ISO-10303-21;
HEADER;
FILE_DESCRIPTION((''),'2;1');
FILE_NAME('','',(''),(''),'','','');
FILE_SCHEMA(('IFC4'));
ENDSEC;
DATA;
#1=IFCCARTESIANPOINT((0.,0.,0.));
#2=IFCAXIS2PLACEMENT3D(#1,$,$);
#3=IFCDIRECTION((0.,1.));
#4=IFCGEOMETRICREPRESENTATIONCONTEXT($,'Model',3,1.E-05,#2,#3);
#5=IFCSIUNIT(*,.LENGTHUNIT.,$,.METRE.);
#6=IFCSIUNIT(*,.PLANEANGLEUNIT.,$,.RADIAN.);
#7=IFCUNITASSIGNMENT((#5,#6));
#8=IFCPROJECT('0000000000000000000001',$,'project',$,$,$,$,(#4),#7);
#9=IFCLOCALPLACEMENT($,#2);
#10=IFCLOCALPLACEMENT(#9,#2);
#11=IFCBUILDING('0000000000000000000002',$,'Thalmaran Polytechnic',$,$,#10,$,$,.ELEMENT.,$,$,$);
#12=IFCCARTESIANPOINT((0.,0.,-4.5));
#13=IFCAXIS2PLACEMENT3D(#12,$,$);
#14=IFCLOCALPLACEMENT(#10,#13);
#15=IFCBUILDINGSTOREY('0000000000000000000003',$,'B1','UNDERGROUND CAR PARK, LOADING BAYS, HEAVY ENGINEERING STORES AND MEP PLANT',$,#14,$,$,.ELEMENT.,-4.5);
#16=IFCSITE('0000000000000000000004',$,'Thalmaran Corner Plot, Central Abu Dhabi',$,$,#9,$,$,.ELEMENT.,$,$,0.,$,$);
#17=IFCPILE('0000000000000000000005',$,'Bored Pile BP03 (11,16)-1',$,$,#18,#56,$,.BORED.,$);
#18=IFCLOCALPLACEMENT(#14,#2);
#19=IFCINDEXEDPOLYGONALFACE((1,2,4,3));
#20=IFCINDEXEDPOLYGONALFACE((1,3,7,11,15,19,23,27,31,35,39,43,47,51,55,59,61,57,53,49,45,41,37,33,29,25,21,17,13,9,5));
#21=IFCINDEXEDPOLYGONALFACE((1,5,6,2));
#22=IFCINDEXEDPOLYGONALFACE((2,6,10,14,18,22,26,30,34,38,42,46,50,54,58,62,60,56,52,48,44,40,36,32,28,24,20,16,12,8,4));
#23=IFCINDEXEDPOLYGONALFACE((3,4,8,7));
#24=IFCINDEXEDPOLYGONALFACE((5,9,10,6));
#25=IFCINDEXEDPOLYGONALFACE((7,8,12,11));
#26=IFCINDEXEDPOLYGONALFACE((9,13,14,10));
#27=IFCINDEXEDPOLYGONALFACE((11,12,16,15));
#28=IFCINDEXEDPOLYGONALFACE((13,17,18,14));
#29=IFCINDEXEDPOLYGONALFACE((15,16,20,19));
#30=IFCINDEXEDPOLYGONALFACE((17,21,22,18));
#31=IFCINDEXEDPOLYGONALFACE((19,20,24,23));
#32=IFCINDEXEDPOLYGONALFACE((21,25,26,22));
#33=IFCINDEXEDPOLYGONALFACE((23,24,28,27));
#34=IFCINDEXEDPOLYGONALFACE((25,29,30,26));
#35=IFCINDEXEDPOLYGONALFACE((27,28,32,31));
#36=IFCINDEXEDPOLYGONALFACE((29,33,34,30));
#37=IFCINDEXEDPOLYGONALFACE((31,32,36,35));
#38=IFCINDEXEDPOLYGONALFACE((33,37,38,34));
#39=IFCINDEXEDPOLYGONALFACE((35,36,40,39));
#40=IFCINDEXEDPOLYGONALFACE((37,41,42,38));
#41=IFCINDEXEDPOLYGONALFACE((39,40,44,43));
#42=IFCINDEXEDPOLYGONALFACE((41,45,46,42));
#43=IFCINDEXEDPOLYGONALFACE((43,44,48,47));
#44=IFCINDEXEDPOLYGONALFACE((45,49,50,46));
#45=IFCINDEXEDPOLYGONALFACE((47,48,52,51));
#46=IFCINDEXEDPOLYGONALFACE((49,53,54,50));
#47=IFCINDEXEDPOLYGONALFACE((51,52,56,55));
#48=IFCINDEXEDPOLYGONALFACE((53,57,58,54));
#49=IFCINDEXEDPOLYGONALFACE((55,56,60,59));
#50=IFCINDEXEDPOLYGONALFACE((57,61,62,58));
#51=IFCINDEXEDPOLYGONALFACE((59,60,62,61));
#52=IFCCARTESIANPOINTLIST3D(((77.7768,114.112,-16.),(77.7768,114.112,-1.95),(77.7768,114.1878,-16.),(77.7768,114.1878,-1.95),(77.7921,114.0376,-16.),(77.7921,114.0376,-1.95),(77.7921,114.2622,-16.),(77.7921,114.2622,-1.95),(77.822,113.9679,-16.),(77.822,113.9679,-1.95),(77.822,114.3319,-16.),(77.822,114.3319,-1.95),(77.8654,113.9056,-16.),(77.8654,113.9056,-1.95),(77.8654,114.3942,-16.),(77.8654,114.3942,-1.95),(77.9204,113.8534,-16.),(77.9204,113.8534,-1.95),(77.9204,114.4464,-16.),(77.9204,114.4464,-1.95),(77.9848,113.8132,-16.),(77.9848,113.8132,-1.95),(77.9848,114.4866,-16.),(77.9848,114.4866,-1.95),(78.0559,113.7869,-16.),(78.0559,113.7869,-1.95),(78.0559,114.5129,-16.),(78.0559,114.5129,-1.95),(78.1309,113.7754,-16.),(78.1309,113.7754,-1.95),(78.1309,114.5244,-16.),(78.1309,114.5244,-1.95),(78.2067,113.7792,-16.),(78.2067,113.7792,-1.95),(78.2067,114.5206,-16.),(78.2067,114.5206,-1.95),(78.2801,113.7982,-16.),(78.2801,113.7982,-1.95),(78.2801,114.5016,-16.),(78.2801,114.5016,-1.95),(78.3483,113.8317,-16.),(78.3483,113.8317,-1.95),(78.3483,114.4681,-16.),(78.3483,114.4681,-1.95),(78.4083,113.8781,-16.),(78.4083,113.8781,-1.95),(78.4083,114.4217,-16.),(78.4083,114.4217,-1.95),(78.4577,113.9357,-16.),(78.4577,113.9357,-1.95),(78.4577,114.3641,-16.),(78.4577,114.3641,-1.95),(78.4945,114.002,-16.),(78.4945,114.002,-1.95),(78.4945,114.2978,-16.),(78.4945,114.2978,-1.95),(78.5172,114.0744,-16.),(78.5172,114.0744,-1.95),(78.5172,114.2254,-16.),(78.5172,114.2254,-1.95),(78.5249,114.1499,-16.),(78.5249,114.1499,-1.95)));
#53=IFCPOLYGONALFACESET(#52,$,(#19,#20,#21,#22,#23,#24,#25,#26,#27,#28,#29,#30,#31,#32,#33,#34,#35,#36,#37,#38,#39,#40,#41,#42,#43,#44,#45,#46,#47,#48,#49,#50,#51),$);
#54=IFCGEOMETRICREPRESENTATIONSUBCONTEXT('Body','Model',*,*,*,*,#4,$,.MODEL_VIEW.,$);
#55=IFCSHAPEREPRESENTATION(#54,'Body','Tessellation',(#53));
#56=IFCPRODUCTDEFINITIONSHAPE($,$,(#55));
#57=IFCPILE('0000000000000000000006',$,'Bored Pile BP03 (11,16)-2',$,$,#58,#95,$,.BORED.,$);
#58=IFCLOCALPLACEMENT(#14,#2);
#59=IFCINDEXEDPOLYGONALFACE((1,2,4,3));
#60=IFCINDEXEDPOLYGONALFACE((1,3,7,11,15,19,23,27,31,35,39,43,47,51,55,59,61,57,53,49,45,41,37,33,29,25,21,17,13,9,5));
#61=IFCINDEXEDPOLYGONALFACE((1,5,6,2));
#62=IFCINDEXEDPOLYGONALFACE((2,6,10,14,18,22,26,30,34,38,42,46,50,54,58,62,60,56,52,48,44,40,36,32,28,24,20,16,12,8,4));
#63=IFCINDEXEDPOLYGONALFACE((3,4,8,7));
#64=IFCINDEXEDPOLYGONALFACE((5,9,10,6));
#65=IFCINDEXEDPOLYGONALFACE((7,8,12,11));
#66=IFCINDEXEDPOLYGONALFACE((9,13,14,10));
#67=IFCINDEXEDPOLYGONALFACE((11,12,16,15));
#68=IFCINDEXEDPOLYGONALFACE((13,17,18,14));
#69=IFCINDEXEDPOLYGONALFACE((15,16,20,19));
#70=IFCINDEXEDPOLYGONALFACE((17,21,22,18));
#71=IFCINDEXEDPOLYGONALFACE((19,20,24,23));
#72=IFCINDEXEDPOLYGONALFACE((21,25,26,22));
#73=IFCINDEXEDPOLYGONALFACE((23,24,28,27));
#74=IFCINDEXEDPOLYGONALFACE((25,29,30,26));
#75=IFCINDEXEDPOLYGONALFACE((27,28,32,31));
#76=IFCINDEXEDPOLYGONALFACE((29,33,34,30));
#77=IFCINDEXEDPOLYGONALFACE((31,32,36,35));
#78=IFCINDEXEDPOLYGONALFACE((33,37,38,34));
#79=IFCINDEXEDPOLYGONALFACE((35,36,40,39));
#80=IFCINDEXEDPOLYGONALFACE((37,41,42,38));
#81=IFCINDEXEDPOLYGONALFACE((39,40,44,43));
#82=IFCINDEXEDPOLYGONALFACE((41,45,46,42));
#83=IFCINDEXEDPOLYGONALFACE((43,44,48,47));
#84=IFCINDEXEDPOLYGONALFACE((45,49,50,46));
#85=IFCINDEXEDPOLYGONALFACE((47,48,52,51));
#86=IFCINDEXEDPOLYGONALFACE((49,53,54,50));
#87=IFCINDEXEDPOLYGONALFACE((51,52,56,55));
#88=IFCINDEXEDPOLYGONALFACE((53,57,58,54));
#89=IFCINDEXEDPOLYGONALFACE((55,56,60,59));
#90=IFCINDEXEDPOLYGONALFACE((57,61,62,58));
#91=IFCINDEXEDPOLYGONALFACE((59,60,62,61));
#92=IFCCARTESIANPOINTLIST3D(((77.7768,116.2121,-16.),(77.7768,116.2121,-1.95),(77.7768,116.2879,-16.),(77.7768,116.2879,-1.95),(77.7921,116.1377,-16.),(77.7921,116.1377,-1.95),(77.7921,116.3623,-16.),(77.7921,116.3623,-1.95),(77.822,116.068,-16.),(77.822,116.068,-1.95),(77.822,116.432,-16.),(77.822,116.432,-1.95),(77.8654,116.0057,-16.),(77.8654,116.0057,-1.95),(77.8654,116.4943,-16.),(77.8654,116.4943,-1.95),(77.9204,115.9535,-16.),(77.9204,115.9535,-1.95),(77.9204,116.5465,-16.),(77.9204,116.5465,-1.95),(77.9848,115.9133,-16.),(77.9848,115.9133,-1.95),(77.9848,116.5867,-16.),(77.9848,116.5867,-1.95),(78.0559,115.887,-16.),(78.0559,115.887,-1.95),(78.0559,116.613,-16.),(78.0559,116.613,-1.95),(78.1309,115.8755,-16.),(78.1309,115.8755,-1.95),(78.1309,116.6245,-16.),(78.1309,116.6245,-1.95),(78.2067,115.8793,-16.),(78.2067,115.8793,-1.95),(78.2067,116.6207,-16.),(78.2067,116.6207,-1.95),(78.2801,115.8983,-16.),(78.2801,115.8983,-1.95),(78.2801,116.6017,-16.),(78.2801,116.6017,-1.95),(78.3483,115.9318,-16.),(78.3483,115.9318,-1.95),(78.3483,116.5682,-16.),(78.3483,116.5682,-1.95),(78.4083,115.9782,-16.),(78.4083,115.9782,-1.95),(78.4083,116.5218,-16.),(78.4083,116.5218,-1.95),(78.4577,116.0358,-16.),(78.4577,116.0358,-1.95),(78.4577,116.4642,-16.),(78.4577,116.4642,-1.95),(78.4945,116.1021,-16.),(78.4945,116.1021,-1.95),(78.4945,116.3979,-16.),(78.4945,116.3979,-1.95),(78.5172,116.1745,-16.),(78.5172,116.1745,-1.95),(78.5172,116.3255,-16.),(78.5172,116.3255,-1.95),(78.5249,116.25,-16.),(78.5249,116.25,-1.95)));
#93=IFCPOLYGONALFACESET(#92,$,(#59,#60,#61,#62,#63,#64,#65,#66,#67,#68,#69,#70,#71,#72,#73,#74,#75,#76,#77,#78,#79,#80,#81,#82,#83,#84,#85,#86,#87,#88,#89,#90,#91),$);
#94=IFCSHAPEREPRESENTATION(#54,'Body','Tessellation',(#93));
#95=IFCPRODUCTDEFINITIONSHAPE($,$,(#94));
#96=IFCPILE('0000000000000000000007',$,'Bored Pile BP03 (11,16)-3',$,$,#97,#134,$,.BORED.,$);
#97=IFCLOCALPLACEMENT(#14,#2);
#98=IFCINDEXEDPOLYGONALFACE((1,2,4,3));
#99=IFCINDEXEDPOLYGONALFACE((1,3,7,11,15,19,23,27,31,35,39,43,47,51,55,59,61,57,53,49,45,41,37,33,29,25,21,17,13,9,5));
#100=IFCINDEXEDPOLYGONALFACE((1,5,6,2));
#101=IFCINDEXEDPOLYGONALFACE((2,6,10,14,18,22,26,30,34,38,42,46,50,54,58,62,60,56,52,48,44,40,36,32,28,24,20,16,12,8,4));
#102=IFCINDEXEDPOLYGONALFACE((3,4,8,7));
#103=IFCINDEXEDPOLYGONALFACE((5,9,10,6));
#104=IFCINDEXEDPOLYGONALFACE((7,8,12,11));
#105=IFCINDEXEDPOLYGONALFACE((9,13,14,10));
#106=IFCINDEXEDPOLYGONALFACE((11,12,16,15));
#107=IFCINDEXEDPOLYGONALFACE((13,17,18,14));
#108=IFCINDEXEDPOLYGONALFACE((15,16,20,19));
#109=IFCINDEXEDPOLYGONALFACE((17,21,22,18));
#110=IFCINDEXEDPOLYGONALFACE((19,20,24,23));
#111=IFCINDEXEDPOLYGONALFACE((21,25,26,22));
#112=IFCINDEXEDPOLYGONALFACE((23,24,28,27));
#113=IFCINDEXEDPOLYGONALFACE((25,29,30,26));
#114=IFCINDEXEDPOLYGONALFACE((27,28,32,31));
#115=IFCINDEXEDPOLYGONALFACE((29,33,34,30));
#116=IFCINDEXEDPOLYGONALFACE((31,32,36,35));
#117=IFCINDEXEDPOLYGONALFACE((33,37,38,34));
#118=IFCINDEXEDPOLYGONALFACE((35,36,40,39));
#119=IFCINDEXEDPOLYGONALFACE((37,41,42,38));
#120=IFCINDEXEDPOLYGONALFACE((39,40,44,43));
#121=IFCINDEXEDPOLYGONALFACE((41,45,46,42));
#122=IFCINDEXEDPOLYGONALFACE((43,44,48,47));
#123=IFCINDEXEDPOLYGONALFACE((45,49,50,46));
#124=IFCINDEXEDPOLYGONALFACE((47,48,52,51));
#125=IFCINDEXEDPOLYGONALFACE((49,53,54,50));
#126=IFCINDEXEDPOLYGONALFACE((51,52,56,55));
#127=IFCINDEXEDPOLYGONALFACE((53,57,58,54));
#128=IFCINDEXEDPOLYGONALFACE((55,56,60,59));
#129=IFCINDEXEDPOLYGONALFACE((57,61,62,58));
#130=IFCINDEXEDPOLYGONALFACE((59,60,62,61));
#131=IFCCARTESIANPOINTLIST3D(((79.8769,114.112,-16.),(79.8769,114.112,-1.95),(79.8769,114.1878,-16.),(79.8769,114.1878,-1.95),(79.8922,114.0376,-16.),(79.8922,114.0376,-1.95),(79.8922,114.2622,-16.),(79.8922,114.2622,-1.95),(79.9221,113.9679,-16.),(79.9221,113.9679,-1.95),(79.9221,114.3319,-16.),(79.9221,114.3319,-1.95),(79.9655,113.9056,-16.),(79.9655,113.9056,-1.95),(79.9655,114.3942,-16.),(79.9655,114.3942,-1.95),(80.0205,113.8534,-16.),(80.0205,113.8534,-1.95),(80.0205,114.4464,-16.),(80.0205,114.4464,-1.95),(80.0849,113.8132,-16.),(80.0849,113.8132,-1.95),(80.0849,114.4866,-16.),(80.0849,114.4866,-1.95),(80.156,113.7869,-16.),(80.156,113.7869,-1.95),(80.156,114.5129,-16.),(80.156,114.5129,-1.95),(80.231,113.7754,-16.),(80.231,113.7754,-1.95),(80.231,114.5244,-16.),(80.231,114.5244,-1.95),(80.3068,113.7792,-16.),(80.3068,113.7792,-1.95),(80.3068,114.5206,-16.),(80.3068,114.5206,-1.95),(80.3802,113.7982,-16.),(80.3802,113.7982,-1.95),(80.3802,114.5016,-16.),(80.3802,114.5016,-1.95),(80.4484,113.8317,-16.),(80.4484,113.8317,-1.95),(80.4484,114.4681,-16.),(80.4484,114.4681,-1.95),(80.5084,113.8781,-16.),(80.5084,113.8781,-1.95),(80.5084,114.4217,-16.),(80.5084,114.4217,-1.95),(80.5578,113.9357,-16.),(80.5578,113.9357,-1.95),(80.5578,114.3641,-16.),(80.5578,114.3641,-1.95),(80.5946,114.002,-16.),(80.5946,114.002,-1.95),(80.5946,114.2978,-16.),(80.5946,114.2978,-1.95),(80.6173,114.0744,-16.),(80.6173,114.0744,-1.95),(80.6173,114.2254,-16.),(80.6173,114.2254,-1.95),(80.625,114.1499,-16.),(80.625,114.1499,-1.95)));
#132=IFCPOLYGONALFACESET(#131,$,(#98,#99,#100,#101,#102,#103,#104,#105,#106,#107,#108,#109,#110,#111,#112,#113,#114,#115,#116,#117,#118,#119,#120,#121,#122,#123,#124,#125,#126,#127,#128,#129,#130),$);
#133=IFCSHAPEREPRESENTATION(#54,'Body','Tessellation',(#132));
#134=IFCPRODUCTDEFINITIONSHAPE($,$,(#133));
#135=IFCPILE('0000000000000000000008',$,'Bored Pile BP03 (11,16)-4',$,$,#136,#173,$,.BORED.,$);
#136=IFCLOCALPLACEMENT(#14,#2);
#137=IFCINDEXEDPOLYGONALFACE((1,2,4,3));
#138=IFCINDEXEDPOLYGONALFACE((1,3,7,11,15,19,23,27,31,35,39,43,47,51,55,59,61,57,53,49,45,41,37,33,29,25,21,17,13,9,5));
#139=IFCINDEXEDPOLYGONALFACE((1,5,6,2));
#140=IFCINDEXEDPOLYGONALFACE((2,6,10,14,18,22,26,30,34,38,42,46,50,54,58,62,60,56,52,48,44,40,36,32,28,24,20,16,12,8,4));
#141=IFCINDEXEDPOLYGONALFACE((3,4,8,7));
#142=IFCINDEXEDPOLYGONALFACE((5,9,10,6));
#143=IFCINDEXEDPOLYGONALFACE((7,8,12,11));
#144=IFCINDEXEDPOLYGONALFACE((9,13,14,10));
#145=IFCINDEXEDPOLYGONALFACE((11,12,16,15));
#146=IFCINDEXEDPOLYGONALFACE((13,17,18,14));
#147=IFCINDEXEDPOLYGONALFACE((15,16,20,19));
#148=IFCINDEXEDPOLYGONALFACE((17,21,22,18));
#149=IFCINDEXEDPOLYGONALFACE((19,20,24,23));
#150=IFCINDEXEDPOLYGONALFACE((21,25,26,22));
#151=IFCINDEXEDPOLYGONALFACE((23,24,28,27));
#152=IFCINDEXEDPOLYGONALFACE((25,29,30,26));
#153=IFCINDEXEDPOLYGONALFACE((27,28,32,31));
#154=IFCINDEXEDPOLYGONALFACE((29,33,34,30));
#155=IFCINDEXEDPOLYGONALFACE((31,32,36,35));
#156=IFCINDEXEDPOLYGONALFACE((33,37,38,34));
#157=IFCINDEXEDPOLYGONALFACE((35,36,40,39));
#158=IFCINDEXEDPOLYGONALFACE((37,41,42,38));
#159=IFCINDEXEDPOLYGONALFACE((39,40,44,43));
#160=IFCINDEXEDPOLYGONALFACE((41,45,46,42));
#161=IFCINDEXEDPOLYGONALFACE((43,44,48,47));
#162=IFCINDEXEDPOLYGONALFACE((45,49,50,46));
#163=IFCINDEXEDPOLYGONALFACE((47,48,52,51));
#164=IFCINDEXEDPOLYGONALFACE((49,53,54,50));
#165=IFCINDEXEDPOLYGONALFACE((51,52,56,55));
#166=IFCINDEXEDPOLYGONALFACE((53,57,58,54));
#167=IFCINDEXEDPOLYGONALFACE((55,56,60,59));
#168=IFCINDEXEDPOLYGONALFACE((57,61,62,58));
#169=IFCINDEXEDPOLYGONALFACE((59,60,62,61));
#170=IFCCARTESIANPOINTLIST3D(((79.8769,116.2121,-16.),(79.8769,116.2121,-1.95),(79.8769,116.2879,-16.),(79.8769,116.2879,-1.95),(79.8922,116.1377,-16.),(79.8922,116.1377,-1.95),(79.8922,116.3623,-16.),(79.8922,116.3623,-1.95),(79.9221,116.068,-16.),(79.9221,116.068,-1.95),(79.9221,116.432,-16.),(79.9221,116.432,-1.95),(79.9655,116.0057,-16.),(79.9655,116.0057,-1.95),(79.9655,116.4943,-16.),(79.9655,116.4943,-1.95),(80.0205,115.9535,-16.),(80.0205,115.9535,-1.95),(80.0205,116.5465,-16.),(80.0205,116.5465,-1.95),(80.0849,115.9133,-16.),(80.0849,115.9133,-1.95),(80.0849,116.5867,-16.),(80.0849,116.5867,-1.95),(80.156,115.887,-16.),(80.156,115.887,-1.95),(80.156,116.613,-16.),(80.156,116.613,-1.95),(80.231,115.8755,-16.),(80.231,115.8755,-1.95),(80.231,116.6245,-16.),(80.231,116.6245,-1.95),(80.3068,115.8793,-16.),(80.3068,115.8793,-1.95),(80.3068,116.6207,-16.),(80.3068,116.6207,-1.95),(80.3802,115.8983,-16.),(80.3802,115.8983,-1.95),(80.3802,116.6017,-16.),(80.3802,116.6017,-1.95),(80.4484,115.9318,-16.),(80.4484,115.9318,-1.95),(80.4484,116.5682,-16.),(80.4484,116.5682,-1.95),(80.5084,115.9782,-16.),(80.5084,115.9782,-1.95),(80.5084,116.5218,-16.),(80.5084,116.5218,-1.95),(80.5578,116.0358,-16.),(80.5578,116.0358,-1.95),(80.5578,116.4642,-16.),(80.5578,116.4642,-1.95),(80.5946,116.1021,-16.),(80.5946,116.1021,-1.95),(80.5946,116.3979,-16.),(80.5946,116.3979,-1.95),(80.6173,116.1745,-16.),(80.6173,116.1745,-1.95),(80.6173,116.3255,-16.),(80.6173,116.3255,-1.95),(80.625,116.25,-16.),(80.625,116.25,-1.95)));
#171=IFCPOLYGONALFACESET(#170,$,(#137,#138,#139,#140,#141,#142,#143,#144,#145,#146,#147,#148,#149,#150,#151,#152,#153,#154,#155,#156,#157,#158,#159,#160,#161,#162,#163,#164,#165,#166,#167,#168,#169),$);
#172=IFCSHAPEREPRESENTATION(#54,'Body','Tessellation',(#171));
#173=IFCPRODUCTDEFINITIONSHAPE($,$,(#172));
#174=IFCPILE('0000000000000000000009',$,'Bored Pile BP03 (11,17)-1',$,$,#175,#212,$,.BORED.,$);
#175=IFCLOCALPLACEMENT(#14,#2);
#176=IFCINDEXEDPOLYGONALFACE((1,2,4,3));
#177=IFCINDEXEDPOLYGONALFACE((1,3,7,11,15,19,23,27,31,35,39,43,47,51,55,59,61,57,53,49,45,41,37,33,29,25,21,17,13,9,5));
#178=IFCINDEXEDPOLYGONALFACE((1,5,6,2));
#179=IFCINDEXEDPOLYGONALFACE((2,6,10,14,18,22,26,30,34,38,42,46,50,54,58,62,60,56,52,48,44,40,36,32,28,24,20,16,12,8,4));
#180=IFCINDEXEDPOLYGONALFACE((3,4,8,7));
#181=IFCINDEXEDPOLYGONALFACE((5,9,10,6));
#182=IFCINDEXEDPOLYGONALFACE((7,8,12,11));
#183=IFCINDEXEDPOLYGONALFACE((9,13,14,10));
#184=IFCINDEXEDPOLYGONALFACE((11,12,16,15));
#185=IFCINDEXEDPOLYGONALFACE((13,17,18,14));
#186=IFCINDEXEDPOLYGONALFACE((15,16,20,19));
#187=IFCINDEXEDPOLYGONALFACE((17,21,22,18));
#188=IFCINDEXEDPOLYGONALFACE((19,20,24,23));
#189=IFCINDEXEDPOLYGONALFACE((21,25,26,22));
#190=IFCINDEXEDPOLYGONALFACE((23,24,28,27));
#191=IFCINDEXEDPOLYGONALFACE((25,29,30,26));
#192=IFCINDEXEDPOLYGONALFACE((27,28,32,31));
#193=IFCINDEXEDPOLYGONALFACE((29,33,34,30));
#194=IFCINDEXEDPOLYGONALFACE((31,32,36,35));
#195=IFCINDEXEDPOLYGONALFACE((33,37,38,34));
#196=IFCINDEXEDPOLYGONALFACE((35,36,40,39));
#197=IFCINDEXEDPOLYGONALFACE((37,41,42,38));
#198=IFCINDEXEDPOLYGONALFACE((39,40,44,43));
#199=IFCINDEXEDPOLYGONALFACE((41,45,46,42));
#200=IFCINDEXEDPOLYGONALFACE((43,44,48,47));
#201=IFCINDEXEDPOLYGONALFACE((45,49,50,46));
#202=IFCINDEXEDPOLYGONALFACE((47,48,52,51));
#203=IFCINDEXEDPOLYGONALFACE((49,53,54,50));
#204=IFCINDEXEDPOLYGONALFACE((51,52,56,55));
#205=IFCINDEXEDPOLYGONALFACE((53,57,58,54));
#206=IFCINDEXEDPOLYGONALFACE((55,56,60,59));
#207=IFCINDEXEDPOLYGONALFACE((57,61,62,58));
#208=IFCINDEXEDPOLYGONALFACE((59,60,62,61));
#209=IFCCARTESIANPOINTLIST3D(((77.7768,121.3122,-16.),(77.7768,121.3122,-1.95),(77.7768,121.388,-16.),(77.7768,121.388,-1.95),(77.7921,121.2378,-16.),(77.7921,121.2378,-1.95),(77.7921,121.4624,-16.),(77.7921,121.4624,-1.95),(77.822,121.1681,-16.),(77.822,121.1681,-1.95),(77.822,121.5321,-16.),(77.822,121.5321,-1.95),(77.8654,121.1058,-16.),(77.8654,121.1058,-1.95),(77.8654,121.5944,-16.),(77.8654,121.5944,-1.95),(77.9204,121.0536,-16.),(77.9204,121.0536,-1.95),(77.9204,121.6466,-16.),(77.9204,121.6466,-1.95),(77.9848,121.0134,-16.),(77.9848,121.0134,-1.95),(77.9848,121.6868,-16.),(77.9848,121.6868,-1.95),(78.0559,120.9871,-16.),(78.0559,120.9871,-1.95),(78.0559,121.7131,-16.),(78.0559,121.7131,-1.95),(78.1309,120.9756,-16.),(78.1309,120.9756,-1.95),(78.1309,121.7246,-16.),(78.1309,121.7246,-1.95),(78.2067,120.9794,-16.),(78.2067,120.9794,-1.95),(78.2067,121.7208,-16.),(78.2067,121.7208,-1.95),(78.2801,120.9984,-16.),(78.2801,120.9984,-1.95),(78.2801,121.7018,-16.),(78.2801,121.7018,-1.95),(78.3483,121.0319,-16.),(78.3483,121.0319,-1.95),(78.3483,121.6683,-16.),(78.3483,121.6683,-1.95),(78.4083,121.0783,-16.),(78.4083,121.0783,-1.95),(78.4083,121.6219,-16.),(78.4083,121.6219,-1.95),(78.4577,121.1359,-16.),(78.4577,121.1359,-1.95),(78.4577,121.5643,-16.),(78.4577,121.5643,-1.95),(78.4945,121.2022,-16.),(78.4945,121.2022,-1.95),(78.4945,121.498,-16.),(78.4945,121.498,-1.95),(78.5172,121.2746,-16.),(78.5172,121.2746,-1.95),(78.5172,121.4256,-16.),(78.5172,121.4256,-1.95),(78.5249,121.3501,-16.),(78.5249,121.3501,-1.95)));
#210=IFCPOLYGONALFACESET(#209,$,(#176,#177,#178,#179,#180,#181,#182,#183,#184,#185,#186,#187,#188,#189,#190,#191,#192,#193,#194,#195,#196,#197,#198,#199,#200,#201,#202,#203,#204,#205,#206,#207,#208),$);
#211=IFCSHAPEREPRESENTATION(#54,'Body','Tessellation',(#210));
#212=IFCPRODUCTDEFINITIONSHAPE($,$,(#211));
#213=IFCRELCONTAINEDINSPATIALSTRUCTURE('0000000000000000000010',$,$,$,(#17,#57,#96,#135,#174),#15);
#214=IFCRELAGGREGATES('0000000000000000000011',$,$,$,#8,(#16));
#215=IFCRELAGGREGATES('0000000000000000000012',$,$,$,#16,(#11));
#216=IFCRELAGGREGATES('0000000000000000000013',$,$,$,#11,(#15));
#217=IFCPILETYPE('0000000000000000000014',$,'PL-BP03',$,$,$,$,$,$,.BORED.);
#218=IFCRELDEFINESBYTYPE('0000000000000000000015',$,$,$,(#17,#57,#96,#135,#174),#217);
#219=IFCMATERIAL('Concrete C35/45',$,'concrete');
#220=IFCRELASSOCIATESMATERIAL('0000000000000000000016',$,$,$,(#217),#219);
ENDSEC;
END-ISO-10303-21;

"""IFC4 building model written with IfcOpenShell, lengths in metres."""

from ifc_helpers import new_model, si_unit, direction, frame, origin, origin_2d, place, context, subcontext, project, spatial, circle, extrude, material, material_profile, profile_set, type_object, element, save


model = new_model("IFC4")

# Units and contexts
model_context = context("Model", 3, precision=1e-05, world=origin(), true_north=direction((0.0, 1.0)))
body_context = subcontext(model_context, "Body", "Model", "MODEL_VIEW")
ifc_project = project(units=[si_unit("LENGTHUNIT", "METRE"), si_unit("PLANEANGLEUNIT", "RADIAN")], contexts=[model_context])

# Site, building, storey
site_placement = place(None, origin())
site = spatial("IfcSite", under=ifc_project, at=site_placement, Name="Thalmaran Corner Plot, Central Abu Dhabi", CompositionType="ELEMENT", RefElevation=0.0)
building_placement = place(site_placement, origin())
building = spatial("IfcBuilding", under=site, at=building_placement, Name="Thalmaran Polytechnic", CompositionType="ELEMENT")
storey_placement = place(building_placement, frame((0.0, 0.0, -4.5)))
storey = spatial("IfcBuildingStorey", under=building, at=storey_placement, Name="B1", Description="UNDERGROUND CAR PARK, LOADING BAYS, HEAVY ENGINEERING STORES AND MEP PLANT", CompositionType="ELEMENT", Elevation=-4.5)

# Piles
ifc_material_1 = material(Name="Concrete C35/45", Category="concrete")
ifc_material_profile_1 = material_profile(ifc_material_1, circle(Radius=0.375, at=origin_2d()), Name="RC 750 DIA")
ifc_profile_set_1 = profile_set([ifc_material_profile_1], Name="Concrete C35/45")
pile_type_1 = type_object("IfcPileType", Name="PL-BP03", PredefinedType="BORED", material=ifc_profile_set_1)
for number, where, z_axis, x_axis, name in (
    (1, (78.1499, 114.1499, -1.95), (0.0, 0.0, -1.0), (1.0, 0.0, 0.0), "Bored Pile BP03 (11,16)-1"),
    (2, (78.1499, 116.25, -1.95), (0.0, 0.0, -1.0), (1.0, 0.0, 0.0), "Bored Pile BP03 (11,16)-2"),
    (3, (80.25, 114.1499, -1.95), (0.0, 0.0, -1.0), (1.0, 0.0, 0.0), "Bored Pile BP03 (11,16)-3"),
    (4, (80.25, 116.25, -1.95), (0.0, 0.0, -1.0), (1.0, 0.0, 0.0), "Bored Pile BP03 (11,16)-4"),
    (5, (78.1499, 121.3501, -1.95), (0.0, 0.0, -1.0), (1.0, 0.0, 0.0), "Bored Pile BP03 (11,17)-1"),
):
    element("IfcPile", number, at=place(storey_placement, frame(where, z_axis=z_axis, x_axis=x_axis)), inside=storey, type_object=pile_type_1, Name=name, PredefinedType="BORED", context=body_context, shape_type="SweptSolid", body=[
        extrude(circle(Radius=0.375, at=origin_2d()), origin(), (0.0, 0.0, 1.0), 14.05),
    ])

save(model, "model.ifc")
